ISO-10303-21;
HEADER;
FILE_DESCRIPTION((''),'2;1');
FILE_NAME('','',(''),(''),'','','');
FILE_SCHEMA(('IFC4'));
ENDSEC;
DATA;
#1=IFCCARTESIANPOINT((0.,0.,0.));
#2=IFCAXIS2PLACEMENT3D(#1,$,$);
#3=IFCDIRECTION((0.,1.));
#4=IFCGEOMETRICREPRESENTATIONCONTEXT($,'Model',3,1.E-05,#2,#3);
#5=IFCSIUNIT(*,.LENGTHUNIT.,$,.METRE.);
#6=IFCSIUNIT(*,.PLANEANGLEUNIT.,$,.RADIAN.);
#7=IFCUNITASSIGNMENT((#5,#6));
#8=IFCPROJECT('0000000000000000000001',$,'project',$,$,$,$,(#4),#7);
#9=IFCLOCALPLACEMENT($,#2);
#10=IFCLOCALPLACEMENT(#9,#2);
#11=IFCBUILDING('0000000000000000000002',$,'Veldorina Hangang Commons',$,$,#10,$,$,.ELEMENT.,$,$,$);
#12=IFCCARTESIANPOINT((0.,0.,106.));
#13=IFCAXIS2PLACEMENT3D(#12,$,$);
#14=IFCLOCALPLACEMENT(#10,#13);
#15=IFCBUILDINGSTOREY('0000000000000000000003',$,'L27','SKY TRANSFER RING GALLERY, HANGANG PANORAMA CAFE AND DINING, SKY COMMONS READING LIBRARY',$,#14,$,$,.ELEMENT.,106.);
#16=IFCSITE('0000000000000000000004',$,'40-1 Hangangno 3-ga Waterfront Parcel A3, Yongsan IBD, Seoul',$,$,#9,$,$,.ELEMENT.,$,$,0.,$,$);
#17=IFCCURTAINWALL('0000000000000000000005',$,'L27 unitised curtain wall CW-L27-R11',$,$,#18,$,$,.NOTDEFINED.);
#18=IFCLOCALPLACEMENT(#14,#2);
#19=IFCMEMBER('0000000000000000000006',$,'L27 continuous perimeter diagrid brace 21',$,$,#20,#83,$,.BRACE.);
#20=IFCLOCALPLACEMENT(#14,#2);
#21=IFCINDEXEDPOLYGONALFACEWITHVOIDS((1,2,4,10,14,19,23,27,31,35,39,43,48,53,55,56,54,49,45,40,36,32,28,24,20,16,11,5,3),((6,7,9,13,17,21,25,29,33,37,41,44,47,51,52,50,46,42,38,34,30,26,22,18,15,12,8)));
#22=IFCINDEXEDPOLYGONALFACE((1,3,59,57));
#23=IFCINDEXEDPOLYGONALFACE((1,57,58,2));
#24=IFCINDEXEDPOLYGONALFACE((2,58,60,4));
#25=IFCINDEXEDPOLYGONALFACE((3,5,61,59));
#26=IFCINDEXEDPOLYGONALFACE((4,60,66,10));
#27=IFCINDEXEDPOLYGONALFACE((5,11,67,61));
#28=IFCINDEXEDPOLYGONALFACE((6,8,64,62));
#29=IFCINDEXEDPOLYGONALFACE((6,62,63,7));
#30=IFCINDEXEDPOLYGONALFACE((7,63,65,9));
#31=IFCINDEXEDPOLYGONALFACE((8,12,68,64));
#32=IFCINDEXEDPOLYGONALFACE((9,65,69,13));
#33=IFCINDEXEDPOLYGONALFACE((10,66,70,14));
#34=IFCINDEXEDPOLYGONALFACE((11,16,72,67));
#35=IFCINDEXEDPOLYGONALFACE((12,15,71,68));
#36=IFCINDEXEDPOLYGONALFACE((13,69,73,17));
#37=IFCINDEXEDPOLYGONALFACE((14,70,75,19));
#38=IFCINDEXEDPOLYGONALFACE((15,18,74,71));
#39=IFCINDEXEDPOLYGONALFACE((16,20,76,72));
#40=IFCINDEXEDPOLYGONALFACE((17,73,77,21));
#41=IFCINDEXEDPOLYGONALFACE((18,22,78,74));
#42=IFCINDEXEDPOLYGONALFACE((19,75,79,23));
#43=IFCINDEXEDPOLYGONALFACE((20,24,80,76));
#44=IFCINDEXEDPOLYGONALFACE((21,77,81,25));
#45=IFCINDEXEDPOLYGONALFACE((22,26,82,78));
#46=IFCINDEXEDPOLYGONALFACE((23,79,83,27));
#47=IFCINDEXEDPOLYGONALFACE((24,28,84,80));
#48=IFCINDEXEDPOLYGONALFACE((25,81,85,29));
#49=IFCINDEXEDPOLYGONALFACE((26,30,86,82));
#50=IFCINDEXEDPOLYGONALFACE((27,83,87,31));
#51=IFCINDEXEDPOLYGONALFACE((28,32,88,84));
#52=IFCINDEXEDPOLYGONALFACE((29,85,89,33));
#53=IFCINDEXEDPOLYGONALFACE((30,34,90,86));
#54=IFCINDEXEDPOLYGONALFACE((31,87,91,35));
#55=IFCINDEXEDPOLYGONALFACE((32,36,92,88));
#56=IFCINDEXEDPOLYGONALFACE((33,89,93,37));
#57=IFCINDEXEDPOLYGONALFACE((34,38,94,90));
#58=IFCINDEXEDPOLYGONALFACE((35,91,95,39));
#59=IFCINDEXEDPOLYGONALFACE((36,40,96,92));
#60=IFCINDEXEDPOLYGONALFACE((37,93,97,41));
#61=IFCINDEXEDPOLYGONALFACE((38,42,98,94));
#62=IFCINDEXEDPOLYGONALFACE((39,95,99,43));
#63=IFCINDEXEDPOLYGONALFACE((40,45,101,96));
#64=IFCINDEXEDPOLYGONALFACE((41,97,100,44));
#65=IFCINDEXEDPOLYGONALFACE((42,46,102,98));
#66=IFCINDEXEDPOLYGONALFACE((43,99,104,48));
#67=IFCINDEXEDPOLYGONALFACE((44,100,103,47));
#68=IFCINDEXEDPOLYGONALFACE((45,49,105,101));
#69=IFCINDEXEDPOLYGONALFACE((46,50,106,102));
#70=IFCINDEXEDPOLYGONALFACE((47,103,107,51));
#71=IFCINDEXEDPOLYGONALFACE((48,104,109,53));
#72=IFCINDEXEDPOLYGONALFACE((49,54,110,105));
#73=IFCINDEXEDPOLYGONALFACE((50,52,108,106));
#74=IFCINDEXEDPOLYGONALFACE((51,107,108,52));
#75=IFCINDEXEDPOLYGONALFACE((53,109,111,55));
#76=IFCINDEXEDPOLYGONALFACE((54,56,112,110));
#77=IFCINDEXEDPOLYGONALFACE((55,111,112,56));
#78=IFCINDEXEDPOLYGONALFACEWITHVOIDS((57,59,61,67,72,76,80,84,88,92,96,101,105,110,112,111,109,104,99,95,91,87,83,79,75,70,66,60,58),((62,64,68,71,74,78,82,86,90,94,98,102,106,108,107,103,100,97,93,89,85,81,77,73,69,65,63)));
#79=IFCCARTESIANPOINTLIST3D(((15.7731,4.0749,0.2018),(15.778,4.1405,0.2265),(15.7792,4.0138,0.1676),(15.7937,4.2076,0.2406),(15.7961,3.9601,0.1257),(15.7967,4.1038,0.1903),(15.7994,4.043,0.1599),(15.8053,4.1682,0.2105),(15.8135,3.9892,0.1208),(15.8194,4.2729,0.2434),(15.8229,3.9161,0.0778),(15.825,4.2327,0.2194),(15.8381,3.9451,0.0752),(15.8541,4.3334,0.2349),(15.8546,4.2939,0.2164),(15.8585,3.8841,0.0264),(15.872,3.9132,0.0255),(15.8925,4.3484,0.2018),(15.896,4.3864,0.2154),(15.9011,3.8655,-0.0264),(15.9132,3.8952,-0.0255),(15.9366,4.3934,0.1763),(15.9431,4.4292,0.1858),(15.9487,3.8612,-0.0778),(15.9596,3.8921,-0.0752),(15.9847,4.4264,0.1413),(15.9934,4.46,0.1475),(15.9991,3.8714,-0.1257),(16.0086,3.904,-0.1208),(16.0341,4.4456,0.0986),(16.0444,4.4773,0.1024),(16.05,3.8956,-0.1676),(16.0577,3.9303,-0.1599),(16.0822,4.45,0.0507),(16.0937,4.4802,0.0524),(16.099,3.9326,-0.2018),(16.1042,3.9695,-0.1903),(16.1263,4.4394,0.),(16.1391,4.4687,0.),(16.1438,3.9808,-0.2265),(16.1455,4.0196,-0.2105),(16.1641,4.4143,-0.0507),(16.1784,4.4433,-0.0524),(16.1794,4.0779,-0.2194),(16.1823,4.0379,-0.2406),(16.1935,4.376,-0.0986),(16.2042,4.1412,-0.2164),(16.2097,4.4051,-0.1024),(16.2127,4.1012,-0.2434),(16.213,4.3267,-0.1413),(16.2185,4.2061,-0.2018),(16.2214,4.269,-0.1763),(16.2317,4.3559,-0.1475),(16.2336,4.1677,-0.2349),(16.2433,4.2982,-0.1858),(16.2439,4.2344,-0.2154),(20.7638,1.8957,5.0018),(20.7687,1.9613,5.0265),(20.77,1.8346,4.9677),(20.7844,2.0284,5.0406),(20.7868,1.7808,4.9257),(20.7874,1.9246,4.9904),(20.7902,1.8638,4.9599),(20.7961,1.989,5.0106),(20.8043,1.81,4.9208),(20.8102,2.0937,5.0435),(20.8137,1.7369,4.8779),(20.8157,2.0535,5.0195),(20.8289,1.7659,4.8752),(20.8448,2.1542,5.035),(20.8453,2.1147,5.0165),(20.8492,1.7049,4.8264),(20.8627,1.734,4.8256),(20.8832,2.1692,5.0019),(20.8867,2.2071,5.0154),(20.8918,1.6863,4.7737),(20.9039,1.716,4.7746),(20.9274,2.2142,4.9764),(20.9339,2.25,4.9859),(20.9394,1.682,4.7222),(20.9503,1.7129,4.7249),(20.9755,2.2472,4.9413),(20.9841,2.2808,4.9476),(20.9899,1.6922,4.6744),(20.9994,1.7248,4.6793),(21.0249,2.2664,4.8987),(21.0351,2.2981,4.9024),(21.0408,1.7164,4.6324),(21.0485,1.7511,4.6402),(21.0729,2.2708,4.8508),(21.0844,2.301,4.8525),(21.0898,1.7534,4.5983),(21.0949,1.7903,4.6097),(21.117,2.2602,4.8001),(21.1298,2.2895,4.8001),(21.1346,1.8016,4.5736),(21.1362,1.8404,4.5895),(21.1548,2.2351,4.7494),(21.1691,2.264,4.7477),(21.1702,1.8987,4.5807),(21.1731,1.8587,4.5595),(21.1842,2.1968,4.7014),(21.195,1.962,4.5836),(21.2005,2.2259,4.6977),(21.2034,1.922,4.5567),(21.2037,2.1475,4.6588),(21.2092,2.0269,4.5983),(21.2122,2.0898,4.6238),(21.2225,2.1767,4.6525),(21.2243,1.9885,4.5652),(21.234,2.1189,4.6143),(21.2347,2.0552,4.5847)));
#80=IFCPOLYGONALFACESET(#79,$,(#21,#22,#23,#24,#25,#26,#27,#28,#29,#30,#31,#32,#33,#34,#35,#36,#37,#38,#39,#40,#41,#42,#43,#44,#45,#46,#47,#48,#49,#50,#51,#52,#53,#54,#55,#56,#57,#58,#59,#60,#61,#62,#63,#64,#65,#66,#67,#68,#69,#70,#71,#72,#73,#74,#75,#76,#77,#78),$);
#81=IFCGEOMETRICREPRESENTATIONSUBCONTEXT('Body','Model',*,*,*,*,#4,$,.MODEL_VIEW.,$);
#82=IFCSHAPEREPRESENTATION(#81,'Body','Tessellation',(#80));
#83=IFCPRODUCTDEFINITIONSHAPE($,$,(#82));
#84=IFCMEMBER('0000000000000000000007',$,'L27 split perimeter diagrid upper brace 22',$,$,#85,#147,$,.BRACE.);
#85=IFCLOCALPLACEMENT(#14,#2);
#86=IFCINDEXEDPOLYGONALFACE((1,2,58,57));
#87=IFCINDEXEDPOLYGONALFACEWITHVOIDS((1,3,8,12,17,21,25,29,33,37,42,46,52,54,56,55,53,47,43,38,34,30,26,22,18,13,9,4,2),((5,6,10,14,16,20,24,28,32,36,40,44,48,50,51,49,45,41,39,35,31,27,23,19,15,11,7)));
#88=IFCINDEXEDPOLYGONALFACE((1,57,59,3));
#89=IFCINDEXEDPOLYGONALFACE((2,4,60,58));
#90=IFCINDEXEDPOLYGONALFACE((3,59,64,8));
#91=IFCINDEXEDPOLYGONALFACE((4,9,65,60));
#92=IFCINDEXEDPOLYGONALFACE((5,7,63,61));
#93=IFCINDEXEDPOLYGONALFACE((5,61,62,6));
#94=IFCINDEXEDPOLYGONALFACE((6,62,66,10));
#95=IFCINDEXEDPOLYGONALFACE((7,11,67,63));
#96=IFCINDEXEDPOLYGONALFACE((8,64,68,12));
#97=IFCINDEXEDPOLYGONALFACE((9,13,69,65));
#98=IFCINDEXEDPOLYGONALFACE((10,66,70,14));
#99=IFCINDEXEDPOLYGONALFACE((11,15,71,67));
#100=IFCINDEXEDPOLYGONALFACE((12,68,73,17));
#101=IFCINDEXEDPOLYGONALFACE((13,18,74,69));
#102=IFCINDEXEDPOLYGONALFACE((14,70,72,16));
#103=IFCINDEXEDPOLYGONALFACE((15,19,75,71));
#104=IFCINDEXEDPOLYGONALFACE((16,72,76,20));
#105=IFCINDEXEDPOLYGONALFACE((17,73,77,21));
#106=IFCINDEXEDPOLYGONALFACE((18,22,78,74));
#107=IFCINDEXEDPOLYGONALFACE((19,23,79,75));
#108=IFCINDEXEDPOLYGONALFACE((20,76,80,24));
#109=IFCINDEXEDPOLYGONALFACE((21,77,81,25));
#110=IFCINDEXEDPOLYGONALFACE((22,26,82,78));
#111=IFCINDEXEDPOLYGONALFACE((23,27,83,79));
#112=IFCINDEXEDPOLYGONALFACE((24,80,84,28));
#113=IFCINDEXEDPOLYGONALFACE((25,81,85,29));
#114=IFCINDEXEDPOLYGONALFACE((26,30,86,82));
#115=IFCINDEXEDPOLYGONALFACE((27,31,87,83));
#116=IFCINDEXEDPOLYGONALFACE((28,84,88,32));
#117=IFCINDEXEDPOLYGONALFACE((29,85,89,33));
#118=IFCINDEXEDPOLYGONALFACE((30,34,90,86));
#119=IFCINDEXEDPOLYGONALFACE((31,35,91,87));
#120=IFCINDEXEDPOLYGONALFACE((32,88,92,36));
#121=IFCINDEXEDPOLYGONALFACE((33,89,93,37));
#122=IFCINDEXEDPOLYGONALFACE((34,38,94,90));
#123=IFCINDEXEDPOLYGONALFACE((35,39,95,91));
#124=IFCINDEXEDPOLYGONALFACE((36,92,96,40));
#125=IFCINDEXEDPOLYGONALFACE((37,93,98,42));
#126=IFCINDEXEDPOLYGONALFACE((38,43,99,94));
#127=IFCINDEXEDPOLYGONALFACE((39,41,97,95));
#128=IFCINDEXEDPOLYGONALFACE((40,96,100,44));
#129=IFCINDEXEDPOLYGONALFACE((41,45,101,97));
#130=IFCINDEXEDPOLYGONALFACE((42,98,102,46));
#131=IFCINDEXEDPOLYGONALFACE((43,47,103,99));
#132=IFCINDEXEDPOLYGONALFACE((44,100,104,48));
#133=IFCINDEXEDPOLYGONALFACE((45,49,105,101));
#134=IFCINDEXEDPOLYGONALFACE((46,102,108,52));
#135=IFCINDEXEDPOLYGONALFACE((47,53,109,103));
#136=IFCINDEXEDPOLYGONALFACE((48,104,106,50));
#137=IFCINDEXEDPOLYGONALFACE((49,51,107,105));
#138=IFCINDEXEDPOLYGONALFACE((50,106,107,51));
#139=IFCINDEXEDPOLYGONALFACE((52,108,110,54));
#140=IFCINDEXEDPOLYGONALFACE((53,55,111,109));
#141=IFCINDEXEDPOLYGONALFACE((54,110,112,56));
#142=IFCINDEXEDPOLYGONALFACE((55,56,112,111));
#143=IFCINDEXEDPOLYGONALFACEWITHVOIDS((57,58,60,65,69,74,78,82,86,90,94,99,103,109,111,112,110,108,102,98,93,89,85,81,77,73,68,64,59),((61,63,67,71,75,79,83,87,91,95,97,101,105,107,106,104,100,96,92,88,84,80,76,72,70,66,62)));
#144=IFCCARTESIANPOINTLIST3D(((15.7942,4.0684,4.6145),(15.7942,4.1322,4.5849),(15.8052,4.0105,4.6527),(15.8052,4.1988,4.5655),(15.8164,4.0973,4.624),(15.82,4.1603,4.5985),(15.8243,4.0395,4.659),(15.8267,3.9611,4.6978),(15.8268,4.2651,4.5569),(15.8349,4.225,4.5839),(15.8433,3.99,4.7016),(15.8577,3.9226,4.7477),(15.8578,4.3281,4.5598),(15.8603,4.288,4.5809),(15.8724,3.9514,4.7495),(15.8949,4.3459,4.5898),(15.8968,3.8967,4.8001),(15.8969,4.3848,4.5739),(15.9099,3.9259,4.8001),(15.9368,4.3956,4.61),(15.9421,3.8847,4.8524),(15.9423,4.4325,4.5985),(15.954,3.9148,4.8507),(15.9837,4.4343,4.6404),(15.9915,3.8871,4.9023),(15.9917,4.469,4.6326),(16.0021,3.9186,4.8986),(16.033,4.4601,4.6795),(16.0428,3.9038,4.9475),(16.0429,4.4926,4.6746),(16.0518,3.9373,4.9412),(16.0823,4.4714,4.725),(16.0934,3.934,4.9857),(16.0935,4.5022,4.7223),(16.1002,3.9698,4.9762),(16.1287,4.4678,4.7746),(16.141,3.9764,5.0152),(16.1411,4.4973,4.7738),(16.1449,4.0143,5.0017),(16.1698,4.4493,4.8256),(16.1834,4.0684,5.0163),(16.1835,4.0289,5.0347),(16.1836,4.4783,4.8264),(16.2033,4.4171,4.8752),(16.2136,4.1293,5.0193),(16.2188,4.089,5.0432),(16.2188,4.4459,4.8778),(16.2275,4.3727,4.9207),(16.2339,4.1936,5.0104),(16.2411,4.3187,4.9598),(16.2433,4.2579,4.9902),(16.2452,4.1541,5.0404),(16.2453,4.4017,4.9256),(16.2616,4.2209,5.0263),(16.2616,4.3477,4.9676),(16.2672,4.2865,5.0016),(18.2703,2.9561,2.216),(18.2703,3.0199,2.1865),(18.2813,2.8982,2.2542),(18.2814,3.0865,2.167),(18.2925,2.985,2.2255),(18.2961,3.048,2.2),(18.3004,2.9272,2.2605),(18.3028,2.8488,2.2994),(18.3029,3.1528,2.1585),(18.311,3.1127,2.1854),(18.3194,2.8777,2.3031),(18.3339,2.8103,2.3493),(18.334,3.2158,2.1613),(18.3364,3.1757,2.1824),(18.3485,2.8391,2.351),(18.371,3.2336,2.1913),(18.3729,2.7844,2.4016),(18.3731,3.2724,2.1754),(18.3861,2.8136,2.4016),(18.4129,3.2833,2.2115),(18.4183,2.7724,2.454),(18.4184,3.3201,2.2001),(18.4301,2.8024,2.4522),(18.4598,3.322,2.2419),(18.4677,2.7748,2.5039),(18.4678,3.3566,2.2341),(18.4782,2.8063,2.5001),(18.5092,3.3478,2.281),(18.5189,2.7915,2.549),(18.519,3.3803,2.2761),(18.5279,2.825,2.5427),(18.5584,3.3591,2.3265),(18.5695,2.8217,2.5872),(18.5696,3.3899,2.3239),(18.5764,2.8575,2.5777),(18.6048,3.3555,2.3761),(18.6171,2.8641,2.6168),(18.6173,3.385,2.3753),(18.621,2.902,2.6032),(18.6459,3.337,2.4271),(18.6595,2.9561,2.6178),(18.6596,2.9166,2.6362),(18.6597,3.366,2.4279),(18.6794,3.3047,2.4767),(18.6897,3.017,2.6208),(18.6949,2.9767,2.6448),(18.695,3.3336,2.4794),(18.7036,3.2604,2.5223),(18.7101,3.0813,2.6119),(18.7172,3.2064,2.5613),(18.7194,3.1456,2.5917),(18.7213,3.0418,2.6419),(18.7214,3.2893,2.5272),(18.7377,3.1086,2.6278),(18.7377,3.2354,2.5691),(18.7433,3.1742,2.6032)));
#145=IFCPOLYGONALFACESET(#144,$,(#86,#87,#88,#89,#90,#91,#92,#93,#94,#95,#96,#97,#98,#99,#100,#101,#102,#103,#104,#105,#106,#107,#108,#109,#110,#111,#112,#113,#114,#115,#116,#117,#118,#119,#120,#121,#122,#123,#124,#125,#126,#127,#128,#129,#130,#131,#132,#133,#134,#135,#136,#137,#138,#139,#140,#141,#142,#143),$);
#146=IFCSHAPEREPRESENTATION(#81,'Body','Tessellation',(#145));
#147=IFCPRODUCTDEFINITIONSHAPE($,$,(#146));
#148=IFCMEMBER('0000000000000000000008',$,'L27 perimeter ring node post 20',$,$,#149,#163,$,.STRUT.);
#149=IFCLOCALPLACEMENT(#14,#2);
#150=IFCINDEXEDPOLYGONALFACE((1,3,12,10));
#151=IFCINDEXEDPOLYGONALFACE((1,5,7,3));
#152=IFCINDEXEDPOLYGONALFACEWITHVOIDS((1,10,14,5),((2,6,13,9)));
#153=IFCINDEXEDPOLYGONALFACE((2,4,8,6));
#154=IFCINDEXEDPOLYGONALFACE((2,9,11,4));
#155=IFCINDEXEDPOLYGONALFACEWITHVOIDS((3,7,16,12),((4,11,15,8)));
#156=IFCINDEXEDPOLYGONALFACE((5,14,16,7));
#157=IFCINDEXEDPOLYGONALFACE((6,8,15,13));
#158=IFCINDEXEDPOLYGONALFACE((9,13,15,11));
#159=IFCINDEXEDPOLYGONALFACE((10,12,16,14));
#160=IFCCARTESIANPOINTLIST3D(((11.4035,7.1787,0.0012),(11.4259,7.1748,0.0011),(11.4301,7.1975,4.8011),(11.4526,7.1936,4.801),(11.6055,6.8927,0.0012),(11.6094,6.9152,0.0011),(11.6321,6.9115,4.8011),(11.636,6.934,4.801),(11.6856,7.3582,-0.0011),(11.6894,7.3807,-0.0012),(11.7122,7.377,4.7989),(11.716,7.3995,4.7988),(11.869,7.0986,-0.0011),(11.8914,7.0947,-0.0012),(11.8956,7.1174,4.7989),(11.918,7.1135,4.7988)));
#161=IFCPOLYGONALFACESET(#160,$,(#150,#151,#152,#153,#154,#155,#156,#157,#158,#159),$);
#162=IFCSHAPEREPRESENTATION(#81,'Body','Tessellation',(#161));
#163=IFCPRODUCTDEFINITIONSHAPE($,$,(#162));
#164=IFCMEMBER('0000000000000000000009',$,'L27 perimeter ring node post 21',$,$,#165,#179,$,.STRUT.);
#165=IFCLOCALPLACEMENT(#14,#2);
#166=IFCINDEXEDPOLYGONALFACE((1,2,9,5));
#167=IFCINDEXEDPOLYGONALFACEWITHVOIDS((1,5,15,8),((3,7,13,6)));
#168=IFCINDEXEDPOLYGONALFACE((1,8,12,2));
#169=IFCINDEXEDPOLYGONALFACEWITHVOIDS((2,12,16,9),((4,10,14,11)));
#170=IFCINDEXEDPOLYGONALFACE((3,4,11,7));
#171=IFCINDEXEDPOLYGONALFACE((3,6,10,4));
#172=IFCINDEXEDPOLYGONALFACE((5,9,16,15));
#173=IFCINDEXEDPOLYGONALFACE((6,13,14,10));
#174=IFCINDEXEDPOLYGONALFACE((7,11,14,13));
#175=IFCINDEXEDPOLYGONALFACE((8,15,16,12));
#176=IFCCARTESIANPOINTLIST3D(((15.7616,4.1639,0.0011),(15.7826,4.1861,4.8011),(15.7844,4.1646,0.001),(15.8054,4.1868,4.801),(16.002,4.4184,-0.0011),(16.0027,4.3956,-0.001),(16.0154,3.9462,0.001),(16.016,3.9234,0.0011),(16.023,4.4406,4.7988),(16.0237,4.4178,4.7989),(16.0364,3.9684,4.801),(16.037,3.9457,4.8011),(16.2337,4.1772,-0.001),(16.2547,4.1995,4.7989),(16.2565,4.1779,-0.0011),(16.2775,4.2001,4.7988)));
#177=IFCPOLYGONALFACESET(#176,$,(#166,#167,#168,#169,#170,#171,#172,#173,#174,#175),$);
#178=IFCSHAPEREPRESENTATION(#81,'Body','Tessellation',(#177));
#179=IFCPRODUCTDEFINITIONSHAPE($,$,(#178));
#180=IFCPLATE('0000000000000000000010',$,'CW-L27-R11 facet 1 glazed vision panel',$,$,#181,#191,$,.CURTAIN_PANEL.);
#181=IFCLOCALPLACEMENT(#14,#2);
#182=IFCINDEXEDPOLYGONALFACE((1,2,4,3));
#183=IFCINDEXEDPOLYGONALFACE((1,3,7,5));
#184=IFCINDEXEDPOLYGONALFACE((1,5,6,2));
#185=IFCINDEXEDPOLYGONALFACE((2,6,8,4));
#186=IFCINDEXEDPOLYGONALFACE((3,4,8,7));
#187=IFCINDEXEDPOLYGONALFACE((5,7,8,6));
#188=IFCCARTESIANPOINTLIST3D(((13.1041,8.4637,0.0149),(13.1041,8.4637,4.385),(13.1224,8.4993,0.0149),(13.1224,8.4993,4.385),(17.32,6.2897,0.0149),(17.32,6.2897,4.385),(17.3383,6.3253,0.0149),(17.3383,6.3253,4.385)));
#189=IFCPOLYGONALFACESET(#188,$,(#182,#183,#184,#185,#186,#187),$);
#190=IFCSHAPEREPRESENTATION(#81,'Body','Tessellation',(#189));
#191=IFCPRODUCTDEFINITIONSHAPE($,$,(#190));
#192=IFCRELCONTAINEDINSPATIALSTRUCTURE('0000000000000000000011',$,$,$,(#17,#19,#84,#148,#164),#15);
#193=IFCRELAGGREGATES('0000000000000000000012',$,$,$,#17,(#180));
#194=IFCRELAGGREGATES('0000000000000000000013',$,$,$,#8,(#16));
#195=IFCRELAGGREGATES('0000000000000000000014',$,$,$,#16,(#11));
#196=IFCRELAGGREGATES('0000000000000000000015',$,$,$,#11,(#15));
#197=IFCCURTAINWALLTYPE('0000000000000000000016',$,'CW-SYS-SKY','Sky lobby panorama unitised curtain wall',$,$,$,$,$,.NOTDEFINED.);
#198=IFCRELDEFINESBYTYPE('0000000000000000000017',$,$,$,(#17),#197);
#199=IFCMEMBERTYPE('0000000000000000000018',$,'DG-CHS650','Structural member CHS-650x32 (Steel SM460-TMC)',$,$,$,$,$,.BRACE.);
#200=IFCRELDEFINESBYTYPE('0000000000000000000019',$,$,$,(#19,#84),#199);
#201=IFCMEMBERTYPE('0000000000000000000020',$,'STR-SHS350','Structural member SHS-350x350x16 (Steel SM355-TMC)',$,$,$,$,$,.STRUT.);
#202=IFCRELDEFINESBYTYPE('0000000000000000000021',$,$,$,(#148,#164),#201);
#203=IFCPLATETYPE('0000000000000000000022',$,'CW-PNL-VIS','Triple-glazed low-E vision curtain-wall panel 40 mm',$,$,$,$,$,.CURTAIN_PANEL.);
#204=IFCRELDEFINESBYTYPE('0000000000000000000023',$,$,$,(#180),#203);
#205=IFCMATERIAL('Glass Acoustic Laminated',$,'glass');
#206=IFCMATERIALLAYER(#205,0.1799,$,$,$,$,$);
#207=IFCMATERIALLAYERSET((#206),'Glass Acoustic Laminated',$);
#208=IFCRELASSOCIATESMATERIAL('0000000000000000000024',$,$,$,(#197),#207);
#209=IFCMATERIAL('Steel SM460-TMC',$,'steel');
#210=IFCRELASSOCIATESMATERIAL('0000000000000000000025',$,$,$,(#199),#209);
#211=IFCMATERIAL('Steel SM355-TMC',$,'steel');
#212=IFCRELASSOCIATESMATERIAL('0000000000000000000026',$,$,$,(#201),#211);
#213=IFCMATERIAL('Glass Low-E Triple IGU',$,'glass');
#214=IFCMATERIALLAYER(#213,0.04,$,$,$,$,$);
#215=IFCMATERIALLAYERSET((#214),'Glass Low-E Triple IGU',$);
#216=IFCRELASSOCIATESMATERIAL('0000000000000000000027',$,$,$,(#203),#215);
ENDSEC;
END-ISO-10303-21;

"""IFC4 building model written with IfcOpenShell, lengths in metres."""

from ifc_helpers import new_model, si_unit, direction, frame, origin, origin_2d, place, context, subcontext, project, spatial, rectangle, hollow_rectangle, hollow_circle, extrude, material, layer, layer_set, material_profile, profile_set, type_object, element, aggregate, save


model = new_model("IFC4")

# Units and contexts
model_context = context("Model", 3, precision=1e-05, world=origin(), true_north=direction((0.0, 1.0)))
body_context = subcontext(model_context, "Body", "Model", "MODEL_VIEW")
ifc_project = project(units=[si_unit("LENGTHUNIT", "METRE"), si_unit("PLANEANGLEUNIT", "RADIAN")], contexts=[model_context])

# Site, building, storey
site_placement = place(None, origin())
site = spatial("IfcSite", under=ifc_project, at=site_placement, Name="40-1 Hangangno 3-ga Waterfront Parcel A3, Yongsan IBD, Seoul", CompositionType="ELEMENT", RefElevation=0.0)
building_placement = place(site_placement, origin())
building = spatial("IfcBuilding", under=site, at=building_placement, Name="Veldorina Hangang Commons", CompositionType="ELEMENT")
storey_placement = place(building_placement, frame((0.0, 0.0, 106.0)))
storey = spatial("IfcBuildingStorey", under=building, at=storey_placement, Name="L27", Description="SKY TRANSFER RING GALLERY, HANGANG PANORAMA CAFE AND DINING, SKY COMMONS READING LIBRARY", CompositionType="ELEMENT", Elevation=106.0)

# Curtain wall
ifc_material_1 = material(Name="Glass Acoustic Laminated", Category="glass")
ifc_layer_1 = layer(ifc_material_1, 0.1799)
ifc_layer_set_1 = layer_set([ifc_layer_1], Name="Glass Acoustic Laminated")
curtain_wall_type = type_object("IfcCurtainWallType", Name="CW-SYS-SKY", Description="Sky lobby panorama unitised curtain wall", PredefinedType="NOTDEFINED", material=ifc_layer_set_1)
curtain_wall_placement = place(storey_placement, origin())
curtain_wall = element("IfcCurtainWall", 1, at=curtain_wall_placement, inside=storey, type_object=curtain_wall_type, Name="L27 unitised curtain wall CW-L27-R11", PredefinedType="NOTDEFINED")

# Members
ifc_material_2 = material(Name="Steel SM460-TMC", Category="steel")
ifc_material_profile_1 = material_profile(ifc_material_2, hollow_circle(Radius=0.325, WallThickness=0.032, at=origin_2d()), Name="CHS-650x32")
ifc_profile_set_1 = profile_set([ifc_material_profile_1], Name="Steel SM460-TMC")
member_type_1 = type_object("IfcMemberType", Name="DG-CHS650", Description="Structural member CHS-650x32 (Steel SM460-TMC)", PredefinedType="BRACE", material=ifc_profile_set_1)
member_1_placement = place(storey_placement, frame((16.009, 4.1709, 0.0), z_axis=(0.687499, -0.300196, 0.661232), x_axis=(0.400165, 0.916443, 0.0)))
element("IfcMember", 2, at=member_1_placement, inside=storey, type_object=member_type_1, Name="L27 continuous perimeter diagrid brace 21", PredefinedType="BRACE", context=body_context, shape_type="SweptSolid", body=[
    extrude(hollow_circle(Radius=0.325, WallThickness=0.032, at=origin_2d()), origin(), (0.0, 0.0, 1.0), 7.2593),
])
member_2_placement = place(storey_placement, frame((18.5061, 3.0808, 2.4016), z_axis=(-0.683574, 0.307076, 0.662141), x_axis=(-0.409774, -0.912187, 0.0)))
element("IfcMember", 3, at=member_2_placement, inside=storey, type_object=member_type_1, Name="L27 split perimeter diagrid upper brace 22", PredefinedType="BRACE", context=body_context, shape_type="SweptSolid", body=[
    extrude(hollow_circle(Radius=0.325, WallThickness=0.032, at=origin_2d()), origin(), (0.0, 0.0, 1.0), 3.6223),
])
ifc_material_3 = material(Name="Steel SM355-TMC", Category="steel")
ifc_material_profile_2 = material_profile(ifc_material_3, hollow_rectangle(XDim=0.3501, YDim=0.3501, WallThickness=0.0161, at=origin_2d()), Name="SHS-350x350x16")
ifc_profile_set_2 = profile_set([ifc_material_profile_2], Name="Steel SM355-TMC")
member_type_2 = type_object("IfcMemberType", Name="STR-SHS350", Description="Structural member SHS-350x350x16 (Steel SM355-TMC)", PredefinedType="STRUT", material=ifc_profile_set_2)
for number, where, z_axis, x_axis, name in (
    (4, (11.6475, 7.1367, 0.0), (0.005544, 0.003916, 0.999977), (-0.576977, 0.81676, 0.0), "L27 perimeter ring node post 20"),
    (5, (16.009, 4.1709, 0.0), (0.004374, 0.004628, 0.99998), (-0.726792, 0.686858, 0.0), "L27 perimeter ring node post 21"),
):
    element("IfcMember", number, at=place(storey_placement, frame(where, z_axis=z_axis, x_axis=x_axis)), inside=storey, type_object=member_type_2, Name=name, PredefinedType="STRUT", context=body_context, shape_type="SweptSolid", body=[
        extrude(hollow_rectangle(XDim=0.3501, YDim=0.3501, WallThickness=0.0161, at=origin_2d()), origin(), (0.0, 0.0, 1.0), 4.8),
    ])

# Plate
ifc_material_4 = material(Name="Glass Low-E Triple IGU", Category="glass")
ifc_layer_2 = layer(ifc_material_4, 0.04)
ifc_layer_set_2 = layer_set([ifc_layer_2], Name="Glass Low-E Triple IGU")
plate_type_1 = type_object("IfcPlateType", Name="CW-PNL-VIS", Description="Triple-glazed low-E vision curtain-wall panel 40 mm", PredefinedType="CURTAIN_PANEL", material=ifc_layer_set_2)
plate_1_placement = place(storey_placement, frame((15.2212, 7.3945, 0.0149), z_axis=(0.0, 0.0, 1.0), x_axis=(0.888785, -0.458324, 0.0)))
plate_1 = element("IfcPlate", 6, at=plate_1_placement, type_object=plate_type_1, Name="CW-L27-R11 facet 1 glazed vision panel", PredefinedType="CURTAIN_PANEL", context=body_context, shape_type="SweptSolid", body=[
    extrude(rectangle(XDim=4.7434, YDim=0.04, at=origin_2d()), origin(), (0.0, 0.0, 1.0), 4.3701),
])
aggregate(curtain_wall, [plate_1])

save(model, "model.ifc")
